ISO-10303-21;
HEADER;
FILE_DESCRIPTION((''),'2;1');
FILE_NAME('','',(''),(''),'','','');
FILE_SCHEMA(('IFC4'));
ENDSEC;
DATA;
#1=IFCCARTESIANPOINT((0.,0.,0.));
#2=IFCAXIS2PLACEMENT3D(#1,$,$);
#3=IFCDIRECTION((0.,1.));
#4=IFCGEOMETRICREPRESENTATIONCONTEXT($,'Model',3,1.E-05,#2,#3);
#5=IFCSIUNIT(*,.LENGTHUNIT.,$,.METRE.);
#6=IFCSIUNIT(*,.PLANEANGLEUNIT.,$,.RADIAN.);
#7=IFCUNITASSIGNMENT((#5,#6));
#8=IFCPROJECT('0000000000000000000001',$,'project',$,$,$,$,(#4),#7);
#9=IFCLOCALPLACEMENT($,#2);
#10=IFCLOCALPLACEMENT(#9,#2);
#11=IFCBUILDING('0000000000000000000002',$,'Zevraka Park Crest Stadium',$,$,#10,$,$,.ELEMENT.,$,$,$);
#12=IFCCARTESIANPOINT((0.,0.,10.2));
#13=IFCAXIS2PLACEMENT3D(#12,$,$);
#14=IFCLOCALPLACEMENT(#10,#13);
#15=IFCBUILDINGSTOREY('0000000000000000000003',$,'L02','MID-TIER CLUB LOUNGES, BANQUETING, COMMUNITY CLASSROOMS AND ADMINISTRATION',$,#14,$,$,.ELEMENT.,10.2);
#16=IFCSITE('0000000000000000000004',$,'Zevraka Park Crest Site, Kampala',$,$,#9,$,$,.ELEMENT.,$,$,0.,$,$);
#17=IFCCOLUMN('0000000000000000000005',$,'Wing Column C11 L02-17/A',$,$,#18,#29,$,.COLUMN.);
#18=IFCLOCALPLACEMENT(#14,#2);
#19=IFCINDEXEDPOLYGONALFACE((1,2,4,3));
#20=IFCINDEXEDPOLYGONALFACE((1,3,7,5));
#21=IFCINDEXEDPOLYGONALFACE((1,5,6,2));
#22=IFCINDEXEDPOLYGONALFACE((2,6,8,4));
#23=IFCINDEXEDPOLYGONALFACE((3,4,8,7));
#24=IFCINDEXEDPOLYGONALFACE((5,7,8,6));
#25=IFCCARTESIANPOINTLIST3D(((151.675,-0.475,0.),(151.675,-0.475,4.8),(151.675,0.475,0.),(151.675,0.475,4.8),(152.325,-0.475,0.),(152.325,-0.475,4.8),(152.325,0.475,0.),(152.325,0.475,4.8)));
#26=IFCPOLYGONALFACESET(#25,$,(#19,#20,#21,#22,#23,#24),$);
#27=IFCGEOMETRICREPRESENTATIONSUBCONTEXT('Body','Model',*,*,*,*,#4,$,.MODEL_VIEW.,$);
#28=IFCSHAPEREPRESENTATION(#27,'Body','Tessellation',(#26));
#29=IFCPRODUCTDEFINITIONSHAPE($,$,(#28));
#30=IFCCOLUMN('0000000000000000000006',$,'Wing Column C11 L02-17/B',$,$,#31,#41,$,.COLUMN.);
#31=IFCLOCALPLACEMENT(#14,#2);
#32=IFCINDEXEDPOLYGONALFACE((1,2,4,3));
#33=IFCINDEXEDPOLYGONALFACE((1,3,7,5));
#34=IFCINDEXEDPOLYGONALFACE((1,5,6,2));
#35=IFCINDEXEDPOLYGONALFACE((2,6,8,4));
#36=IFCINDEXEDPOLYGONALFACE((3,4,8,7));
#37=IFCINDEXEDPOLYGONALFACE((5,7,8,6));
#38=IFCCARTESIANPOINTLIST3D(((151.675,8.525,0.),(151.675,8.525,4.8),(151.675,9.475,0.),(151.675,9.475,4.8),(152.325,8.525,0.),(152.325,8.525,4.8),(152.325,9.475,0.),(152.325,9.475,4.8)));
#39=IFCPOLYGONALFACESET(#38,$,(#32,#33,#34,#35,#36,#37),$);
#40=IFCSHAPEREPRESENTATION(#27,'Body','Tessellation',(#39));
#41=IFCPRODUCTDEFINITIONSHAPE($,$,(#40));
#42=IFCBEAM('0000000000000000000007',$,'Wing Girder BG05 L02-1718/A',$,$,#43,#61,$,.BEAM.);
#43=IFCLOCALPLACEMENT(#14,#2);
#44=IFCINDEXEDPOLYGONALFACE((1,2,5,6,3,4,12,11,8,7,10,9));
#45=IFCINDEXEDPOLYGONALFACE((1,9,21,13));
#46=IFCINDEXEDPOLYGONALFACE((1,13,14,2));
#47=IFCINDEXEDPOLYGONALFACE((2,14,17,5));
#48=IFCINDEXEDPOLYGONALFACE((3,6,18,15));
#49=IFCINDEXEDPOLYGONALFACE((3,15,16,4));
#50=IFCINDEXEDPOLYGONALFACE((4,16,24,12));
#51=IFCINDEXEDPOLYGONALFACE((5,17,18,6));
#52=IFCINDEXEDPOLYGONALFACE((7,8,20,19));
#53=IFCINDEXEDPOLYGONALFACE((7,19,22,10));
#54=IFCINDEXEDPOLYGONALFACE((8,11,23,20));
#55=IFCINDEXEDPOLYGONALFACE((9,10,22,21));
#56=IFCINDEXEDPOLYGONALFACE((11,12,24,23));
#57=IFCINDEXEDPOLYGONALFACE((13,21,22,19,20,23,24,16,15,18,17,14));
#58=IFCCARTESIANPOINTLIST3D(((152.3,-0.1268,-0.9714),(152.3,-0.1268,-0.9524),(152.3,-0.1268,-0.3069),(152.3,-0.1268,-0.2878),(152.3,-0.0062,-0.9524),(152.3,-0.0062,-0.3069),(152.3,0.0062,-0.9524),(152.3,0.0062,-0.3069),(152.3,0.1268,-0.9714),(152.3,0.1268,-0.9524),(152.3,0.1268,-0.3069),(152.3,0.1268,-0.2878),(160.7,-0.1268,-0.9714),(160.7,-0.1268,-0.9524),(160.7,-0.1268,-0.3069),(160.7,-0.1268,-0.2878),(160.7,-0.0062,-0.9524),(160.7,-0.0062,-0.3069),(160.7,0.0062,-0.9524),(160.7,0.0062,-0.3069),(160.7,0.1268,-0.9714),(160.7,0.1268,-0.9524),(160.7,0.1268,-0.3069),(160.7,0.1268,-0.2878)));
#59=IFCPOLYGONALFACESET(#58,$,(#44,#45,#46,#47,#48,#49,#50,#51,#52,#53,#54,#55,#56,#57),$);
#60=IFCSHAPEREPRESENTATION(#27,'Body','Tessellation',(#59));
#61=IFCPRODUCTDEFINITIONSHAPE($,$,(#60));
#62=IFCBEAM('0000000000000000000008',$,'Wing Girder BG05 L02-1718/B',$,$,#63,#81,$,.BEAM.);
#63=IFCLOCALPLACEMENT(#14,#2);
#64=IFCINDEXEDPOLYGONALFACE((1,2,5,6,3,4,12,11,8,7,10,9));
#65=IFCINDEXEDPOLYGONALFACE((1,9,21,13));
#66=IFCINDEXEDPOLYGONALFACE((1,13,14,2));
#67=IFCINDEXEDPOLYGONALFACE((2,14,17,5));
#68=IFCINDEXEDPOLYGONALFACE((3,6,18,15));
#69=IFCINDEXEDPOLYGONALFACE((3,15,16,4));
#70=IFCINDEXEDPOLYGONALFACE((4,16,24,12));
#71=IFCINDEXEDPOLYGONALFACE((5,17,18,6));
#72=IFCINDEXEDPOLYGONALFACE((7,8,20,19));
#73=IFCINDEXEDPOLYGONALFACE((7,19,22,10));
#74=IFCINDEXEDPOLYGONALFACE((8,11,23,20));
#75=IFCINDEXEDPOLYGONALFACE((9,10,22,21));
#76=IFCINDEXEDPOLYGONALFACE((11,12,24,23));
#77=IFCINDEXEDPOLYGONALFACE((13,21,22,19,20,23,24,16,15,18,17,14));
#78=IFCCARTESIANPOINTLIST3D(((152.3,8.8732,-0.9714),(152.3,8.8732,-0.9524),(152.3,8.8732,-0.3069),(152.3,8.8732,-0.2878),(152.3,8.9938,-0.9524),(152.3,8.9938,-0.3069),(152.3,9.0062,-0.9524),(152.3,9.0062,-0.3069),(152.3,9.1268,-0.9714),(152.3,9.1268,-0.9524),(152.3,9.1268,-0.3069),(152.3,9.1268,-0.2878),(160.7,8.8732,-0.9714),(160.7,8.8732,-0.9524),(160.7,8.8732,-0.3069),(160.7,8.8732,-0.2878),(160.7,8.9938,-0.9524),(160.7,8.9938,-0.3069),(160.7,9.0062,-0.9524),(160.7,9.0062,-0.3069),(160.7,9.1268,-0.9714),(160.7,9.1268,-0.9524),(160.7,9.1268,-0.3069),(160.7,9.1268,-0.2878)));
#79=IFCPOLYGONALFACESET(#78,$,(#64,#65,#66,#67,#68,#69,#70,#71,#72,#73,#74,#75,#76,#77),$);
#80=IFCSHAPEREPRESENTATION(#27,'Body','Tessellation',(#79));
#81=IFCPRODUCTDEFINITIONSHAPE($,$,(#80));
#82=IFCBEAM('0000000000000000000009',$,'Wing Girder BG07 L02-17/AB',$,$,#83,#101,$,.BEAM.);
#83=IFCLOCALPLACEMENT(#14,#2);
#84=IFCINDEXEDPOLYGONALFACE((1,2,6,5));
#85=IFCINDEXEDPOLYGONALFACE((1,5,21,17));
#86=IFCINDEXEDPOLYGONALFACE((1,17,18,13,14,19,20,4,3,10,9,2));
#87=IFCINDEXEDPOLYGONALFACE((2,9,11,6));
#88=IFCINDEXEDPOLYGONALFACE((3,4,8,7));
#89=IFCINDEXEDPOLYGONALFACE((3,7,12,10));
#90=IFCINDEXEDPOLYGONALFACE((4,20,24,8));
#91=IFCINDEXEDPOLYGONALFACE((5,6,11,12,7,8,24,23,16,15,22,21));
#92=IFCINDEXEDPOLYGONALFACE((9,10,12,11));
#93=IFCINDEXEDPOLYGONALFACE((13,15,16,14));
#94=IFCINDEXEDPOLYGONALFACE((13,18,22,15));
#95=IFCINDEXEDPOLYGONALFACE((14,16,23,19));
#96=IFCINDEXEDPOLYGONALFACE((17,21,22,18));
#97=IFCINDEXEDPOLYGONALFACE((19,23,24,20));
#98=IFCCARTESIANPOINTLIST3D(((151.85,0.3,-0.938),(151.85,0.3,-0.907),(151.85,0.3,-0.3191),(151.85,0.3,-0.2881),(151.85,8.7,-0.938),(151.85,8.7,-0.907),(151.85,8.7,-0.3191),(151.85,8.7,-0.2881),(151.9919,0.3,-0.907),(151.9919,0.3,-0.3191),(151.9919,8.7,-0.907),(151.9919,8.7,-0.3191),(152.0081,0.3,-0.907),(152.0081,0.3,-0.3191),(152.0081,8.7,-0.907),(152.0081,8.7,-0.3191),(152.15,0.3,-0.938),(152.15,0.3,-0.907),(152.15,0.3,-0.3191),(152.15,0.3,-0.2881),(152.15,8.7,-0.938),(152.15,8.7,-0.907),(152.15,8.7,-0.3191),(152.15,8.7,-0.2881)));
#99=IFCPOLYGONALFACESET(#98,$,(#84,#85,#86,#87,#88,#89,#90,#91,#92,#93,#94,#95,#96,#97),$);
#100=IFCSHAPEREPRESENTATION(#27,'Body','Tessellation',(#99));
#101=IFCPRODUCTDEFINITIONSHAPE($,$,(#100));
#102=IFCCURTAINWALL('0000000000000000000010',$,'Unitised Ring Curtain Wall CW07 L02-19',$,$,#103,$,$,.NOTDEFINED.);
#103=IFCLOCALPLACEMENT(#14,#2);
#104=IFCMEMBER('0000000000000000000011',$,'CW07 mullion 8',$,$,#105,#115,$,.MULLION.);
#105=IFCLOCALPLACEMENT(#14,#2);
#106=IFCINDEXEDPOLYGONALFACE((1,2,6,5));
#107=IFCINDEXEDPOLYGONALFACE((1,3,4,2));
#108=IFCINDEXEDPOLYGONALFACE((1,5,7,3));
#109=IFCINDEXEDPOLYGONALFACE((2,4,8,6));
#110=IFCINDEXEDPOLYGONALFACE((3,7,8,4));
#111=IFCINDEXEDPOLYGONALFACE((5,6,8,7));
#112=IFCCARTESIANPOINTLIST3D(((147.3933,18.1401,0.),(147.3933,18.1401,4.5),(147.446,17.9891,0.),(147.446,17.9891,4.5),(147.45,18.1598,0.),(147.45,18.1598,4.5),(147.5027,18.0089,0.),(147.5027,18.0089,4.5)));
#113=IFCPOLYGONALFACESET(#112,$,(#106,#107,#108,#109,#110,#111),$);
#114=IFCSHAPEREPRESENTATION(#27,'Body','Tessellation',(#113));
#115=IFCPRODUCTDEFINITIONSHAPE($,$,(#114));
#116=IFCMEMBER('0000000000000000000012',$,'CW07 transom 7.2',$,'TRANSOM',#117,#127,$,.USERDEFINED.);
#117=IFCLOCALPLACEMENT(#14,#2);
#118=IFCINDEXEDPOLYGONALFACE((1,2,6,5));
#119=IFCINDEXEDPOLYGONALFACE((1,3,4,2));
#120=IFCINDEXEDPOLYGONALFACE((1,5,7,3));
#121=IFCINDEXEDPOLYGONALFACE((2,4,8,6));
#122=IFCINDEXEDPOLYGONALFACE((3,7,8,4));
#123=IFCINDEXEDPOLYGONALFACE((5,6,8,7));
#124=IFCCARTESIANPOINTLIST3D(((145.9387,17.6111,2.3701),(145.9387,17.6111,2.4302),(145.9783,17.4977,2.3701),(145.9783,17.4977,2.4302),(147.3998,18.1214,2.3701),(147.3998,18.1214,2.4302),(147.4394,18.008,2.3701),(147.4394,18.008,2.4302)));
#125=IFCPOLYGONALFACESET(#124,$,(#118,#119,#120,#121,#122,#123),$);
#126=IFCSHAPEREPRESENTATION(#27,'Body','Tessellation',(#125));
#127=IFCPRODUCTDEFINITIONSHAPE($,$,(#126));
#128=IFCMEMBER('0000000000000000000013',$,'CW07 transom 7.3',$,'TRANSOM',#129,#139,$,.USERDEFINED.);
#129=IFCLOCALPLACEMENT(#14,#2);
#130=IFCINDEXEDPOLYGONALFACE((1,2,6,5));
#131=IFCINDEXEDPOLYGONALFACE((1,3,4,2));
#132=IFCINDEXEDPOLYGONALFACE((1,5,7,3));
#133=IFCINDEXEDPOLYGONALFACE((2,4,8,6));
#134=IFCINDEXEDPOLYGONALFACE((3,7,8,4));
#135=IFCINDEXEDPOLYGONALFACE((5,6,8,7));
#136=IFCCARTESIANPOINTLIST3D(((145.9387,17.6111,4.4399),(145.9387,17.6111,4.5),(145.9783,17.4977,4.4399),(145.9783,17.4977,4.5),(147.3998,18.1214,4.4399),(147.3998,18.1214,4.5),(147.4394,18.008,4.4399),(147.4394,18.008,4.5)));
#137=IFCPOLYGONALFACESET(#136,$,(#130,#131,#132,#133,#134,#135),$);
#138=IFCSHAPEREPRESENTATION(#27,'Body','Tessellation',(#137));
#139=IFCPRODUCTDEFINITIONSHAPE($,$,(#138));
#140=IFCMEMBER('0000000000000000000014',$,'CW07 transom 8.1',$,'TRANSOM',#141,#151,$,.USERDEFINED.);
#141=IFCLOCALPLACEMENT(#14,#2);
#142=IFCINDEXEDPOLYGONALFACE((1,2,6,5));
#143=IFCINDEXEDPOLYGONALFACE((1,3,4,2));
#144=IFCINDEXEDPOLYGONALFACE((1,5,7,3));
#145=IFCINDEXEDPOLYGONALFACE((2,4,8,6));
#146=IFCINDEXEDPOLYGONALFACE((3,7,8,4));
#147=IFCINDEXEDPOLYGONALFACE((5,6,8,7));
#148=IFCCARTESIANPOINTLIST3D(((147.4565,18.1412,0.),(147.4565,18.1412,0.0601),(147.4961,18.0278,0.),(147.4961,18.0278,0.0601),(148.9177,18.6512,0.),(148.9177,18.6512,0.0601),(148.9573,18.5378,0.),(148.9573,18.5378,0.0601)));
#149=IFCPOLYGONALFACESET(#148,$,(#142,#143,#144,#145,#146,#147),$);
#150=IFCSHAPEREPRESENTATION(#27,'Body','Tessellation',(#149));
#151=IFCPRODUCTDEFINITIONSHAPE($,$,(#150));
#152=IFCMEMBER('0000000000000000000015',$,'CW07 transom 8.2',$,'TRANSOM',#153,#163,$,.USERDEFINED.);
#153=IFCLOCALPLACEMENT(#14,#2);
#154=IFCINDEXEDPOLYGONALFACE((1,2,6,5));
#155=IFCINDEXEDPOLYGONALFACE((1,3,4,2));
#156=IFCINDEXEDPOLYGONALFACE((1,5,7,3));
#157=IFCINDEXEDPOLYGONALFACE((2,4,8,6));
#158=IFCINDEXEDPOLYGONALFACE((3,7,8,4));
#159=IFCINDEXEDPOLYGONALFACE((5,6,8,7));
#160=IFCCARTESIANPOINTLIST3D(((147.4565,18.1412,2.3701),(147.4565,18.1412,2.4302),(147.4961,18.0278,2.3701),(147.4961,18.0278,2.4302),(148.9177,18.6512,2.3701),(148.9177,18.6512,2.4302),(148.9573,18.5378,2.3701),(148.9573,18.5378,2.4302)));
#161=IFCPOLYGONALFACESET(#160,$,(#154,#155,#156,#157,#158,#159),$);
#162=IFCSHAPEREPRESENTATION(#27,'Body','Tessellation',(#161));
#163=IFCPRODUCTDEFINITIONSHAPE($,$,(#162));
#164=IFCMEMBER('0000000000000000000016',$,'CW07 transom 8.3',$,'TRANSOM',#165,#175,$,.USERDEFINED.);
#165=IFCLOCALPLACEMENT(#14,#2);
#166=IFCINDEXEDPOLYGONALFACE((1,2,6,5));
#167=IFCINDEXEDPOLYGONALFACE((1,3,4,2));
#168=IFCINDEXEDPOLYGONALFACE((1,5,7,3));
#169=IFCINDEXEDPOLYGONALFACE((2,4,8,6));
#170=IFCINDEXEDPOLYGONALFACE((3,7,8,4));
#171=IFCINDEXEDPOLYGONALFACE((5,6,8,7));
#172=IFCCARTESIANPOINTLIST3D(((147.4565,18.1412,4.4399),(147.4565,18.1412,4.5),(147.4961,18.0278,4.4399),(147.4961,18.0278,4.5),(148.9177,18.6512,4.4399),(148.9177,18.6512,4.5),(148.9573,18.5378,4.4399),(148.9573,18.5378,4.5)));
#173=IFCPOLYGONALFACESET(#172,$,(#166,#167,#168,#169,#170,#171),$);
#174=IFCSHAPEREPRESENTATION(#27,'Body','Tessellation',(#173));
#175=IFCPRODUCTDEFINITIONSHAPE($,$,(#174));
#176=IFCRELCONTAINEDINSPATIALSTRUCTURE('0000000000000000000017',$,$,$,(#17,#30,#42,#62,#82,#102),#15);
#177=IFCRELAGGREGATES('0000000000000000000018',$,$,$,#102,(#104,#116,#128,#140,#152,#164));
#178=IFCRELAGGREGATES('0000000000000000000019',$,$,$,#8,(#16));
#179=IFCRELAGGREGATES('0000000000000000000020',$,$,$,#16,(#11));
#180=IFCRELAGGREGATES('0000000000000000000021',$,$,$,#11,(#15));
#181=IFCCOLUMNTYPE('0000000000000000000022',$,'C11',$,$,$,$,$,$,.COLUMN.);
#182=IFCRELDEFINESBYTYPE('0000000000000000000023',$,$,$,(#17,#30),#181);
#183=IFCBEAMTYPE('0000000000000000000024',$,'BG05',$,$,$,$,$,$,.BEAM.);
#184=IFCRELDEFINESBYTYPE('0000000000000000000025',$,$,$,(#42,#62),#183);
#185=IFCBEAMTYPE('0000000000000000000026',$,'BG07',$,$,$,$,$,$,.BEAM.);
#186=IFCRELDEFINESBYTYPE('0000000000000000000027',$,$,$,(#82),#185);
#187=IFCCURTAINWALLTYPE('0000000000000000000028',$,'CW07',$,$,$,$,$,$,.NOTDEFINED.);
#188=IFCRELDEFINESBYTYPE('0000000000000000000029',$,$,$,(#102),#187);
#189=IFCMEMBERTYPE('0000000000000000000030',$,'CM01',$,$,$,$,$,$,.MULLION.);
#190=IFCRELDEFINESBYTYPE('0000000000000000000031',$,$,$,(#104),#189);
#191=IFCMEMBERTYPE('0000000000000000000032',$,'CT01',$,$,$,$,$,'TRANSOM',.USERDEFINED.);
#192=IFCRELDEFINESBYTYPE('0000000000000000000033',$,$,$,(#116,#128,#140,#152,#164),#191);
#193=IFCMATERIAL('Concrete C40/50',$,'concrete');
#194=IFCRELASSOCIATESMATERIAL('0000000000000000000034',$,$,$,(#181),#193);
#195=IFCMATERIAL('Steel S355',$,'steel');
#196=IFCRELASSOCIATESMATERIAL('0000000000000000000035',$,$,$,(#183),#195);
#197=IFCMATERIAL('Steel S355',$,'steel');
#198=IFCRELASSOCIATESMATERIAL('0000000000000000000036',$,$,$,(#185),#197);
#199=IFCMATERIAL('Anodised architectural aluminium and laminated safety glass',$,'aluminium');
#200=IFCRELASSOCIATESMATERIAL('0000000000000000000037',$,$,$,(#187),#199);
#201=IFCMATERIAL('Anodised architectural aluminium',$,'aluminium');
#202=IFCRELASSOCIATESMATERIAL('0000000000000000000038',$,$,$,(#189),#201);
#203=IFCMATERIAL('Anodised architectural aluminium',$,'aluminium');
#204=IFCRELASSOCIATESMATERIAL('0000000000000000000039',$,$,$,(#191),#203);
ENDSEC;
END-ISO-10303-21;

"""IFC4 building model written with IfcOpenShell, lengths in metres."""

from ifc_helpers import new_model, si_unit, direction, frame, origin, origin_2d, place, context, subcontext, project, spatial, rectangle, i_section, extrude, material, material_profile, profile_set, type_object, element, aggregate, save


model = new_model("IFC4")

# Units and contexts
model_context = context("Model", 3, precision=1e-05, world=origin(), true_north=direction((0.0, 1.0)))
body_context = subcontext(model_context, "Body", "Model", "MODEL_VIEW")
ifc_project = project(units=[si_unit("LENGTHUNIT", "METRE"), si_unit("PLANEANGLEUNIT", "RADIAN")], contexts=[model_context])

# Site, building, storey
site_placement = place(None, origin())
site = spatial("IfcSite", under=ifc_project, at=site_placement, Name="Zevraka Park Crest Site, Kampala", CompositionType="ELEMENT", RefElevation=0.0)
building_placement = place(site_placement, origin())
building = spatial("IfcBuilding", under=site, at=building_placement, Name="Zevraka Park Crest Stadium", CompositionType="ELEMENT")
storey_placement = place(building_placement, frame((0.0, 0.0, 10.2)))
storey = spatial("IfcBuildingStorey", under=building, at=storey_placement, Name="L02", Description="MID-TIER CLUB LOUNGES, BANQUETING, COMMUNITY CLASSROOMS AND ADMINISTRATION", CompositionType="ELEMENT", Elevation=10.2)

# Columns
ifc_material_1 = material(Name="Concrete C40/50", Category="concrete")
ifc_material_profile_1 = material_profile(ifc_material_1, rectangle(XDim=0.6499, YDim=0.95, at=origin_2d()), Name="RC 950x650")
ifc_profile_set_1 = profile_set([ifc_material_profile_1], Name="Concrete C40/50")
column_type = type_object("IfcColumnType", Name="C11", PredefinedType="COLUMN", material=ifc_profile_set_1)
for number, where, z_axis, x_axis, name in (
    (1, (152.0, 0.0, 0.0), (0.0, 0.0, 1.0), (1.0, 0.0, 0.0), "Wing Column C11 L02-17/A"),
    (2, (152.0, 9.0, 0.0), (0.0, 0.0, 1.0), (1.0, 0.0, 0.0), "Wing Column C11 L02-17/B"),
):
    element("IfcColumn", number, at=place(storey_placement, frame(where, z_axis=z_axis, x_axis=x_axis)), inside=storey, type_object=column_type, Name=name, PredefinedType="COLUMN", context=body_context, shape_type="SweptSolid", body=[
        extrude(rectangle(XDim=0.6499, YDim=0.95, at=origin_2d()), origin(), (0.0, 0.0, 1.0), 4.8),
    ])

# Beams
ifc_material_2 = material(Name="Steel S355", Category="steel")
ifc_material_profile_2 = material_profile(ifc_material_2, i_section(OverallWidth=0.2537, OverallDepth=0.6836, WebThickness=0.0125, FlangeThickness=0.019, at=origin_2d()), Name="UKB 686x254x140")
ifc_profile_set_2 = profile_set([ifc_material_profile_2], Name="Steel S355")
beam_type_1 = type_object("IfcBeamType", Name="BG05", PredefinedType="BEAM", material=ifc_profile_set_2)
for number, where, z_axis, x_axis, name in (
    (3, (152.3, 0.0, -0.6296), (1.0, 0.0, 0.0), (0.0, 1.0, 0.0), "Wing Girder BG05 L02-1718/A"),
    (4, (152.3, 9.0, -0.6296), (1.0, 0.0, 0.0), (0.0, 1.0, 0.0), "Wing Girder BG05 L02-1718/B"),
):
    element("IfcBeam", number, at=place(storey_placement, frame(where, z_axis=z_axis, x_axis=x_axis)), inside=storey, type_object=beam_type_1, Name=name, PredefinedType="BEAM", context=body_context, shape_type="SweptSolid", body=[
        extrude(i_section(OverallWidth=0.2537, OverallDepth=0.6836, WebThickness=0.0125, FlangeThickness=0.019, at=origin_2d()), origin(), (0.0, 0.0, 1.0), 8.3999),
    ])
ifc_material_3 = material(Name="Steel S355", Category="steel")
ifc_material_profile_3 = material_profile(ifc_material_3, i_section(OverallWidth=0.3, OverallDepth=0.6499, WebThickness=0.0161, FlangeThickness=0.031, at=origin_2d()), Name="HEB 650")
ifc_profile_set_3 = profile_set([ifc_material_profile_3], Name="Steel S355")
beam_type_2 = type_object("IfcBeamType", Name="BG07", PredefinedType="BEAM", material=ifc_profile_set_3)
beam_placement = place(storey_placement, frame((152.0, 0.3, -0.613), z_axis=(0.0, 1.0, 0.0), x_axis=(-1.0, 0.0, 0.0)))
element("IfcBeam", 5, at=beam_placement, inside=storey, type_object=beam_type_2, Name="Wing Girder BG07 L02-17/AB", PredefinedType="BEAM", context=body_context, shape_type="SweptSolid", body=[
    extrude(i_section(OverallWidth=0.3, OverallDepth=0.6499, WebThickness=0.0161, FlangeThickness=0.031, at=origin_2d()), origin(), (0.0, 0.0, 1.0), 8.3999),
])

# Curtain wall, members
ifc_material_4 = material(Name="Anodised architectural aluminium and laminated safety glass", Category="aluminium")
curtain_wall_type = type_object("IfcCurtainWallType", Name="CW07", PredefinedType="NOTDEFINED", material=ifc_material_4)
curtain_wall_placement = place(storey_placement, origin())
curtain_wall = element("IfcCurtainWall", 6, at=curtain_wall_placement, inside=storey, type_object=curtain_wall_type, Name="Unitised Ring Curtain Wall CW07 L02-19", PredefinedType="NOTDEFINED")
ifc_material_5 = material(Name="Anodised architectural aluminium", Category="aluminium")
ifc_material_profile_4 = material_profile(ifc_material_5, rectangle(XDim=0.1599, YDim=0.0601, at=origin_2d()), Name="ALU MULLION 160x60")
ifc_profile_set_4 = profile_set([ifc_material_profile_4], Name="Anodised architectural aluminium")
member_type_1 = type_object("IfcMemberType", Name="CM01", PredefinedType="MULLION", material=ifc_profile_set_4)
member_1_placement = place(storey_placement, frame((147.448, 18.0745, 0.0), z_axis=(0.0, 0.0, 1.0), x_axis=(-0.329619, 0.944114, 0.0)))
member_1 = element("IfcMember", 7, at=member_1_placement, type_object=member_type_1, Name="CW07 mullion 8", PredefinedType="MULLION", context=body_context, shape_type="SweptSolid", body=[
    extrude(rectangle(XDim=0.1599, YDim=0.0601, at=origin_2d()), origin(), (0.0, 0.0, 1.0), 4.5),
])
ifc_material_6 = material(Name="Anodised architectural aluminium", Category="aluminium")
ifc_material_profile_5 = material_profile(ifc_material_6, rectangle(XDim=0.1201, YDim=0.0601, at=origin_2d()), Name="ALU TRANSOM 120x60")
ifc_profile_set_5 = profile_set([ifc_material_profile_5], Name="Anodised architectural aluminium")
member_type_2 = type_object("IfcMemberType", Name="CT01", ElementType="TRANSOM", PredefinedType="USERDEFINED", material=ifc_profile_set_5)
member_2_placement = place(storey_placement, frame((145.9585, 17.5544, 2.4001), z_axis=(0.944092, 0.329683, 0.0), x_axis=(-0.329683, 0.944092, 0.0)))
member_2 = element("IfcMember", 8, at=member_2_placement, type_object=member_type_2, Name="CW07 transom 7.2", ObjectType="TRANSOM", PredefinedType="USERDEFINED", context=body_context, shape_type="SweptSolid", body=[
    extrude(rectangle(XDim=0.1201, YDim=0.0601, at=origin_2d()), origin(), (0.0, 0.0, 1.0), 1.5476),
])
member_3_placement = place(storey_placement, frame((145.9585, 17.5544, 4.47), z_axis=(0.944092, 0.329683, 0.0), x_axis=(-0.329683, 0.944092, 0.0)))
member_3 = element("IfcMember", 9, at=member_3_placement, type_object=member_type_2, Name="CW07 transom 7.3", ObjectType="TRANSOM", PredefinedType="USERDEFINED", context=body_context, shape_type="SweptSolid", body=[
    extrude(rectangle(XDim=0.1201, YDim=0.0601, at=origin_2d()), origin(), (0.0, 0.0, 1.0), 1.5476),
])
member_4_placement = place(storey_placement, frame((147.4763, 18.0845, 0.03), z_axis=(0.944141, 0.329542, 0.0), x_axis=(-0.329542, 0.944141, 0.0)))
member_4 = element("IfcMember", 10, at=member_4_placement, type_object=member_type_2, Name="CW07 transom 8.1", ObjectType="TRANSOM", PredefinedType="USERDEFINED", context=body_context, shape_type="SweptSolid", body=[
    extrude(rectangle(XDim=0.1201, YDim=0.0601, at=origin_2d()), origin(), (0.0, 0.0, 1.0), 1.5476),
])
member_5_placement = place(storey_placement, frame((147.4763, 18.0845, 2.4001), z_axis=(0.944141, 0.329542, 0.0), x_axis=(-0.329542, 0.944141, 0.0)))
member_5 = element("IfcMember", 11, at=member_5_placement, type_object=member_type_2, Name="CW07 transom 8.2", ObjectType="TRANSOM", PredefinedType="USERDEFINED", context=body_context, shape_type="SweptSolid", body=[
    extrude(rectangle(XDim=0.1201, YDim=0.0601, at=origin_2d()), origin(), (0.0, 0.0, 1.0), 1.5476),
])
member_6_placement = place(storey_placement, frame((147.4763, 18.0845, 4.47), z_axis=(0.944141, 0.329542, 0.0), x_axis=(-0.329542, 0.944141, 0.0)))
member_6 = element("IfcMember", 12, at=member_6_placement, type_object=member_type_2, Name="CW07 transom 8.3", ObjectType="TRANSOM", PredefinedType="USERDEFINED", context=body_context, shape_type="SweptSolid", body=[
    extrude(rectangle(XDim=0.1201, YDim=0.0601, at=origin_2d()), origin(), (0.0, 0.0, 1.0), 1.5476),
])

aggregate(curtain_wall, [member_1, member_2, member_3, member_4, member_5, member_6])

save(model, "model.ifc")
